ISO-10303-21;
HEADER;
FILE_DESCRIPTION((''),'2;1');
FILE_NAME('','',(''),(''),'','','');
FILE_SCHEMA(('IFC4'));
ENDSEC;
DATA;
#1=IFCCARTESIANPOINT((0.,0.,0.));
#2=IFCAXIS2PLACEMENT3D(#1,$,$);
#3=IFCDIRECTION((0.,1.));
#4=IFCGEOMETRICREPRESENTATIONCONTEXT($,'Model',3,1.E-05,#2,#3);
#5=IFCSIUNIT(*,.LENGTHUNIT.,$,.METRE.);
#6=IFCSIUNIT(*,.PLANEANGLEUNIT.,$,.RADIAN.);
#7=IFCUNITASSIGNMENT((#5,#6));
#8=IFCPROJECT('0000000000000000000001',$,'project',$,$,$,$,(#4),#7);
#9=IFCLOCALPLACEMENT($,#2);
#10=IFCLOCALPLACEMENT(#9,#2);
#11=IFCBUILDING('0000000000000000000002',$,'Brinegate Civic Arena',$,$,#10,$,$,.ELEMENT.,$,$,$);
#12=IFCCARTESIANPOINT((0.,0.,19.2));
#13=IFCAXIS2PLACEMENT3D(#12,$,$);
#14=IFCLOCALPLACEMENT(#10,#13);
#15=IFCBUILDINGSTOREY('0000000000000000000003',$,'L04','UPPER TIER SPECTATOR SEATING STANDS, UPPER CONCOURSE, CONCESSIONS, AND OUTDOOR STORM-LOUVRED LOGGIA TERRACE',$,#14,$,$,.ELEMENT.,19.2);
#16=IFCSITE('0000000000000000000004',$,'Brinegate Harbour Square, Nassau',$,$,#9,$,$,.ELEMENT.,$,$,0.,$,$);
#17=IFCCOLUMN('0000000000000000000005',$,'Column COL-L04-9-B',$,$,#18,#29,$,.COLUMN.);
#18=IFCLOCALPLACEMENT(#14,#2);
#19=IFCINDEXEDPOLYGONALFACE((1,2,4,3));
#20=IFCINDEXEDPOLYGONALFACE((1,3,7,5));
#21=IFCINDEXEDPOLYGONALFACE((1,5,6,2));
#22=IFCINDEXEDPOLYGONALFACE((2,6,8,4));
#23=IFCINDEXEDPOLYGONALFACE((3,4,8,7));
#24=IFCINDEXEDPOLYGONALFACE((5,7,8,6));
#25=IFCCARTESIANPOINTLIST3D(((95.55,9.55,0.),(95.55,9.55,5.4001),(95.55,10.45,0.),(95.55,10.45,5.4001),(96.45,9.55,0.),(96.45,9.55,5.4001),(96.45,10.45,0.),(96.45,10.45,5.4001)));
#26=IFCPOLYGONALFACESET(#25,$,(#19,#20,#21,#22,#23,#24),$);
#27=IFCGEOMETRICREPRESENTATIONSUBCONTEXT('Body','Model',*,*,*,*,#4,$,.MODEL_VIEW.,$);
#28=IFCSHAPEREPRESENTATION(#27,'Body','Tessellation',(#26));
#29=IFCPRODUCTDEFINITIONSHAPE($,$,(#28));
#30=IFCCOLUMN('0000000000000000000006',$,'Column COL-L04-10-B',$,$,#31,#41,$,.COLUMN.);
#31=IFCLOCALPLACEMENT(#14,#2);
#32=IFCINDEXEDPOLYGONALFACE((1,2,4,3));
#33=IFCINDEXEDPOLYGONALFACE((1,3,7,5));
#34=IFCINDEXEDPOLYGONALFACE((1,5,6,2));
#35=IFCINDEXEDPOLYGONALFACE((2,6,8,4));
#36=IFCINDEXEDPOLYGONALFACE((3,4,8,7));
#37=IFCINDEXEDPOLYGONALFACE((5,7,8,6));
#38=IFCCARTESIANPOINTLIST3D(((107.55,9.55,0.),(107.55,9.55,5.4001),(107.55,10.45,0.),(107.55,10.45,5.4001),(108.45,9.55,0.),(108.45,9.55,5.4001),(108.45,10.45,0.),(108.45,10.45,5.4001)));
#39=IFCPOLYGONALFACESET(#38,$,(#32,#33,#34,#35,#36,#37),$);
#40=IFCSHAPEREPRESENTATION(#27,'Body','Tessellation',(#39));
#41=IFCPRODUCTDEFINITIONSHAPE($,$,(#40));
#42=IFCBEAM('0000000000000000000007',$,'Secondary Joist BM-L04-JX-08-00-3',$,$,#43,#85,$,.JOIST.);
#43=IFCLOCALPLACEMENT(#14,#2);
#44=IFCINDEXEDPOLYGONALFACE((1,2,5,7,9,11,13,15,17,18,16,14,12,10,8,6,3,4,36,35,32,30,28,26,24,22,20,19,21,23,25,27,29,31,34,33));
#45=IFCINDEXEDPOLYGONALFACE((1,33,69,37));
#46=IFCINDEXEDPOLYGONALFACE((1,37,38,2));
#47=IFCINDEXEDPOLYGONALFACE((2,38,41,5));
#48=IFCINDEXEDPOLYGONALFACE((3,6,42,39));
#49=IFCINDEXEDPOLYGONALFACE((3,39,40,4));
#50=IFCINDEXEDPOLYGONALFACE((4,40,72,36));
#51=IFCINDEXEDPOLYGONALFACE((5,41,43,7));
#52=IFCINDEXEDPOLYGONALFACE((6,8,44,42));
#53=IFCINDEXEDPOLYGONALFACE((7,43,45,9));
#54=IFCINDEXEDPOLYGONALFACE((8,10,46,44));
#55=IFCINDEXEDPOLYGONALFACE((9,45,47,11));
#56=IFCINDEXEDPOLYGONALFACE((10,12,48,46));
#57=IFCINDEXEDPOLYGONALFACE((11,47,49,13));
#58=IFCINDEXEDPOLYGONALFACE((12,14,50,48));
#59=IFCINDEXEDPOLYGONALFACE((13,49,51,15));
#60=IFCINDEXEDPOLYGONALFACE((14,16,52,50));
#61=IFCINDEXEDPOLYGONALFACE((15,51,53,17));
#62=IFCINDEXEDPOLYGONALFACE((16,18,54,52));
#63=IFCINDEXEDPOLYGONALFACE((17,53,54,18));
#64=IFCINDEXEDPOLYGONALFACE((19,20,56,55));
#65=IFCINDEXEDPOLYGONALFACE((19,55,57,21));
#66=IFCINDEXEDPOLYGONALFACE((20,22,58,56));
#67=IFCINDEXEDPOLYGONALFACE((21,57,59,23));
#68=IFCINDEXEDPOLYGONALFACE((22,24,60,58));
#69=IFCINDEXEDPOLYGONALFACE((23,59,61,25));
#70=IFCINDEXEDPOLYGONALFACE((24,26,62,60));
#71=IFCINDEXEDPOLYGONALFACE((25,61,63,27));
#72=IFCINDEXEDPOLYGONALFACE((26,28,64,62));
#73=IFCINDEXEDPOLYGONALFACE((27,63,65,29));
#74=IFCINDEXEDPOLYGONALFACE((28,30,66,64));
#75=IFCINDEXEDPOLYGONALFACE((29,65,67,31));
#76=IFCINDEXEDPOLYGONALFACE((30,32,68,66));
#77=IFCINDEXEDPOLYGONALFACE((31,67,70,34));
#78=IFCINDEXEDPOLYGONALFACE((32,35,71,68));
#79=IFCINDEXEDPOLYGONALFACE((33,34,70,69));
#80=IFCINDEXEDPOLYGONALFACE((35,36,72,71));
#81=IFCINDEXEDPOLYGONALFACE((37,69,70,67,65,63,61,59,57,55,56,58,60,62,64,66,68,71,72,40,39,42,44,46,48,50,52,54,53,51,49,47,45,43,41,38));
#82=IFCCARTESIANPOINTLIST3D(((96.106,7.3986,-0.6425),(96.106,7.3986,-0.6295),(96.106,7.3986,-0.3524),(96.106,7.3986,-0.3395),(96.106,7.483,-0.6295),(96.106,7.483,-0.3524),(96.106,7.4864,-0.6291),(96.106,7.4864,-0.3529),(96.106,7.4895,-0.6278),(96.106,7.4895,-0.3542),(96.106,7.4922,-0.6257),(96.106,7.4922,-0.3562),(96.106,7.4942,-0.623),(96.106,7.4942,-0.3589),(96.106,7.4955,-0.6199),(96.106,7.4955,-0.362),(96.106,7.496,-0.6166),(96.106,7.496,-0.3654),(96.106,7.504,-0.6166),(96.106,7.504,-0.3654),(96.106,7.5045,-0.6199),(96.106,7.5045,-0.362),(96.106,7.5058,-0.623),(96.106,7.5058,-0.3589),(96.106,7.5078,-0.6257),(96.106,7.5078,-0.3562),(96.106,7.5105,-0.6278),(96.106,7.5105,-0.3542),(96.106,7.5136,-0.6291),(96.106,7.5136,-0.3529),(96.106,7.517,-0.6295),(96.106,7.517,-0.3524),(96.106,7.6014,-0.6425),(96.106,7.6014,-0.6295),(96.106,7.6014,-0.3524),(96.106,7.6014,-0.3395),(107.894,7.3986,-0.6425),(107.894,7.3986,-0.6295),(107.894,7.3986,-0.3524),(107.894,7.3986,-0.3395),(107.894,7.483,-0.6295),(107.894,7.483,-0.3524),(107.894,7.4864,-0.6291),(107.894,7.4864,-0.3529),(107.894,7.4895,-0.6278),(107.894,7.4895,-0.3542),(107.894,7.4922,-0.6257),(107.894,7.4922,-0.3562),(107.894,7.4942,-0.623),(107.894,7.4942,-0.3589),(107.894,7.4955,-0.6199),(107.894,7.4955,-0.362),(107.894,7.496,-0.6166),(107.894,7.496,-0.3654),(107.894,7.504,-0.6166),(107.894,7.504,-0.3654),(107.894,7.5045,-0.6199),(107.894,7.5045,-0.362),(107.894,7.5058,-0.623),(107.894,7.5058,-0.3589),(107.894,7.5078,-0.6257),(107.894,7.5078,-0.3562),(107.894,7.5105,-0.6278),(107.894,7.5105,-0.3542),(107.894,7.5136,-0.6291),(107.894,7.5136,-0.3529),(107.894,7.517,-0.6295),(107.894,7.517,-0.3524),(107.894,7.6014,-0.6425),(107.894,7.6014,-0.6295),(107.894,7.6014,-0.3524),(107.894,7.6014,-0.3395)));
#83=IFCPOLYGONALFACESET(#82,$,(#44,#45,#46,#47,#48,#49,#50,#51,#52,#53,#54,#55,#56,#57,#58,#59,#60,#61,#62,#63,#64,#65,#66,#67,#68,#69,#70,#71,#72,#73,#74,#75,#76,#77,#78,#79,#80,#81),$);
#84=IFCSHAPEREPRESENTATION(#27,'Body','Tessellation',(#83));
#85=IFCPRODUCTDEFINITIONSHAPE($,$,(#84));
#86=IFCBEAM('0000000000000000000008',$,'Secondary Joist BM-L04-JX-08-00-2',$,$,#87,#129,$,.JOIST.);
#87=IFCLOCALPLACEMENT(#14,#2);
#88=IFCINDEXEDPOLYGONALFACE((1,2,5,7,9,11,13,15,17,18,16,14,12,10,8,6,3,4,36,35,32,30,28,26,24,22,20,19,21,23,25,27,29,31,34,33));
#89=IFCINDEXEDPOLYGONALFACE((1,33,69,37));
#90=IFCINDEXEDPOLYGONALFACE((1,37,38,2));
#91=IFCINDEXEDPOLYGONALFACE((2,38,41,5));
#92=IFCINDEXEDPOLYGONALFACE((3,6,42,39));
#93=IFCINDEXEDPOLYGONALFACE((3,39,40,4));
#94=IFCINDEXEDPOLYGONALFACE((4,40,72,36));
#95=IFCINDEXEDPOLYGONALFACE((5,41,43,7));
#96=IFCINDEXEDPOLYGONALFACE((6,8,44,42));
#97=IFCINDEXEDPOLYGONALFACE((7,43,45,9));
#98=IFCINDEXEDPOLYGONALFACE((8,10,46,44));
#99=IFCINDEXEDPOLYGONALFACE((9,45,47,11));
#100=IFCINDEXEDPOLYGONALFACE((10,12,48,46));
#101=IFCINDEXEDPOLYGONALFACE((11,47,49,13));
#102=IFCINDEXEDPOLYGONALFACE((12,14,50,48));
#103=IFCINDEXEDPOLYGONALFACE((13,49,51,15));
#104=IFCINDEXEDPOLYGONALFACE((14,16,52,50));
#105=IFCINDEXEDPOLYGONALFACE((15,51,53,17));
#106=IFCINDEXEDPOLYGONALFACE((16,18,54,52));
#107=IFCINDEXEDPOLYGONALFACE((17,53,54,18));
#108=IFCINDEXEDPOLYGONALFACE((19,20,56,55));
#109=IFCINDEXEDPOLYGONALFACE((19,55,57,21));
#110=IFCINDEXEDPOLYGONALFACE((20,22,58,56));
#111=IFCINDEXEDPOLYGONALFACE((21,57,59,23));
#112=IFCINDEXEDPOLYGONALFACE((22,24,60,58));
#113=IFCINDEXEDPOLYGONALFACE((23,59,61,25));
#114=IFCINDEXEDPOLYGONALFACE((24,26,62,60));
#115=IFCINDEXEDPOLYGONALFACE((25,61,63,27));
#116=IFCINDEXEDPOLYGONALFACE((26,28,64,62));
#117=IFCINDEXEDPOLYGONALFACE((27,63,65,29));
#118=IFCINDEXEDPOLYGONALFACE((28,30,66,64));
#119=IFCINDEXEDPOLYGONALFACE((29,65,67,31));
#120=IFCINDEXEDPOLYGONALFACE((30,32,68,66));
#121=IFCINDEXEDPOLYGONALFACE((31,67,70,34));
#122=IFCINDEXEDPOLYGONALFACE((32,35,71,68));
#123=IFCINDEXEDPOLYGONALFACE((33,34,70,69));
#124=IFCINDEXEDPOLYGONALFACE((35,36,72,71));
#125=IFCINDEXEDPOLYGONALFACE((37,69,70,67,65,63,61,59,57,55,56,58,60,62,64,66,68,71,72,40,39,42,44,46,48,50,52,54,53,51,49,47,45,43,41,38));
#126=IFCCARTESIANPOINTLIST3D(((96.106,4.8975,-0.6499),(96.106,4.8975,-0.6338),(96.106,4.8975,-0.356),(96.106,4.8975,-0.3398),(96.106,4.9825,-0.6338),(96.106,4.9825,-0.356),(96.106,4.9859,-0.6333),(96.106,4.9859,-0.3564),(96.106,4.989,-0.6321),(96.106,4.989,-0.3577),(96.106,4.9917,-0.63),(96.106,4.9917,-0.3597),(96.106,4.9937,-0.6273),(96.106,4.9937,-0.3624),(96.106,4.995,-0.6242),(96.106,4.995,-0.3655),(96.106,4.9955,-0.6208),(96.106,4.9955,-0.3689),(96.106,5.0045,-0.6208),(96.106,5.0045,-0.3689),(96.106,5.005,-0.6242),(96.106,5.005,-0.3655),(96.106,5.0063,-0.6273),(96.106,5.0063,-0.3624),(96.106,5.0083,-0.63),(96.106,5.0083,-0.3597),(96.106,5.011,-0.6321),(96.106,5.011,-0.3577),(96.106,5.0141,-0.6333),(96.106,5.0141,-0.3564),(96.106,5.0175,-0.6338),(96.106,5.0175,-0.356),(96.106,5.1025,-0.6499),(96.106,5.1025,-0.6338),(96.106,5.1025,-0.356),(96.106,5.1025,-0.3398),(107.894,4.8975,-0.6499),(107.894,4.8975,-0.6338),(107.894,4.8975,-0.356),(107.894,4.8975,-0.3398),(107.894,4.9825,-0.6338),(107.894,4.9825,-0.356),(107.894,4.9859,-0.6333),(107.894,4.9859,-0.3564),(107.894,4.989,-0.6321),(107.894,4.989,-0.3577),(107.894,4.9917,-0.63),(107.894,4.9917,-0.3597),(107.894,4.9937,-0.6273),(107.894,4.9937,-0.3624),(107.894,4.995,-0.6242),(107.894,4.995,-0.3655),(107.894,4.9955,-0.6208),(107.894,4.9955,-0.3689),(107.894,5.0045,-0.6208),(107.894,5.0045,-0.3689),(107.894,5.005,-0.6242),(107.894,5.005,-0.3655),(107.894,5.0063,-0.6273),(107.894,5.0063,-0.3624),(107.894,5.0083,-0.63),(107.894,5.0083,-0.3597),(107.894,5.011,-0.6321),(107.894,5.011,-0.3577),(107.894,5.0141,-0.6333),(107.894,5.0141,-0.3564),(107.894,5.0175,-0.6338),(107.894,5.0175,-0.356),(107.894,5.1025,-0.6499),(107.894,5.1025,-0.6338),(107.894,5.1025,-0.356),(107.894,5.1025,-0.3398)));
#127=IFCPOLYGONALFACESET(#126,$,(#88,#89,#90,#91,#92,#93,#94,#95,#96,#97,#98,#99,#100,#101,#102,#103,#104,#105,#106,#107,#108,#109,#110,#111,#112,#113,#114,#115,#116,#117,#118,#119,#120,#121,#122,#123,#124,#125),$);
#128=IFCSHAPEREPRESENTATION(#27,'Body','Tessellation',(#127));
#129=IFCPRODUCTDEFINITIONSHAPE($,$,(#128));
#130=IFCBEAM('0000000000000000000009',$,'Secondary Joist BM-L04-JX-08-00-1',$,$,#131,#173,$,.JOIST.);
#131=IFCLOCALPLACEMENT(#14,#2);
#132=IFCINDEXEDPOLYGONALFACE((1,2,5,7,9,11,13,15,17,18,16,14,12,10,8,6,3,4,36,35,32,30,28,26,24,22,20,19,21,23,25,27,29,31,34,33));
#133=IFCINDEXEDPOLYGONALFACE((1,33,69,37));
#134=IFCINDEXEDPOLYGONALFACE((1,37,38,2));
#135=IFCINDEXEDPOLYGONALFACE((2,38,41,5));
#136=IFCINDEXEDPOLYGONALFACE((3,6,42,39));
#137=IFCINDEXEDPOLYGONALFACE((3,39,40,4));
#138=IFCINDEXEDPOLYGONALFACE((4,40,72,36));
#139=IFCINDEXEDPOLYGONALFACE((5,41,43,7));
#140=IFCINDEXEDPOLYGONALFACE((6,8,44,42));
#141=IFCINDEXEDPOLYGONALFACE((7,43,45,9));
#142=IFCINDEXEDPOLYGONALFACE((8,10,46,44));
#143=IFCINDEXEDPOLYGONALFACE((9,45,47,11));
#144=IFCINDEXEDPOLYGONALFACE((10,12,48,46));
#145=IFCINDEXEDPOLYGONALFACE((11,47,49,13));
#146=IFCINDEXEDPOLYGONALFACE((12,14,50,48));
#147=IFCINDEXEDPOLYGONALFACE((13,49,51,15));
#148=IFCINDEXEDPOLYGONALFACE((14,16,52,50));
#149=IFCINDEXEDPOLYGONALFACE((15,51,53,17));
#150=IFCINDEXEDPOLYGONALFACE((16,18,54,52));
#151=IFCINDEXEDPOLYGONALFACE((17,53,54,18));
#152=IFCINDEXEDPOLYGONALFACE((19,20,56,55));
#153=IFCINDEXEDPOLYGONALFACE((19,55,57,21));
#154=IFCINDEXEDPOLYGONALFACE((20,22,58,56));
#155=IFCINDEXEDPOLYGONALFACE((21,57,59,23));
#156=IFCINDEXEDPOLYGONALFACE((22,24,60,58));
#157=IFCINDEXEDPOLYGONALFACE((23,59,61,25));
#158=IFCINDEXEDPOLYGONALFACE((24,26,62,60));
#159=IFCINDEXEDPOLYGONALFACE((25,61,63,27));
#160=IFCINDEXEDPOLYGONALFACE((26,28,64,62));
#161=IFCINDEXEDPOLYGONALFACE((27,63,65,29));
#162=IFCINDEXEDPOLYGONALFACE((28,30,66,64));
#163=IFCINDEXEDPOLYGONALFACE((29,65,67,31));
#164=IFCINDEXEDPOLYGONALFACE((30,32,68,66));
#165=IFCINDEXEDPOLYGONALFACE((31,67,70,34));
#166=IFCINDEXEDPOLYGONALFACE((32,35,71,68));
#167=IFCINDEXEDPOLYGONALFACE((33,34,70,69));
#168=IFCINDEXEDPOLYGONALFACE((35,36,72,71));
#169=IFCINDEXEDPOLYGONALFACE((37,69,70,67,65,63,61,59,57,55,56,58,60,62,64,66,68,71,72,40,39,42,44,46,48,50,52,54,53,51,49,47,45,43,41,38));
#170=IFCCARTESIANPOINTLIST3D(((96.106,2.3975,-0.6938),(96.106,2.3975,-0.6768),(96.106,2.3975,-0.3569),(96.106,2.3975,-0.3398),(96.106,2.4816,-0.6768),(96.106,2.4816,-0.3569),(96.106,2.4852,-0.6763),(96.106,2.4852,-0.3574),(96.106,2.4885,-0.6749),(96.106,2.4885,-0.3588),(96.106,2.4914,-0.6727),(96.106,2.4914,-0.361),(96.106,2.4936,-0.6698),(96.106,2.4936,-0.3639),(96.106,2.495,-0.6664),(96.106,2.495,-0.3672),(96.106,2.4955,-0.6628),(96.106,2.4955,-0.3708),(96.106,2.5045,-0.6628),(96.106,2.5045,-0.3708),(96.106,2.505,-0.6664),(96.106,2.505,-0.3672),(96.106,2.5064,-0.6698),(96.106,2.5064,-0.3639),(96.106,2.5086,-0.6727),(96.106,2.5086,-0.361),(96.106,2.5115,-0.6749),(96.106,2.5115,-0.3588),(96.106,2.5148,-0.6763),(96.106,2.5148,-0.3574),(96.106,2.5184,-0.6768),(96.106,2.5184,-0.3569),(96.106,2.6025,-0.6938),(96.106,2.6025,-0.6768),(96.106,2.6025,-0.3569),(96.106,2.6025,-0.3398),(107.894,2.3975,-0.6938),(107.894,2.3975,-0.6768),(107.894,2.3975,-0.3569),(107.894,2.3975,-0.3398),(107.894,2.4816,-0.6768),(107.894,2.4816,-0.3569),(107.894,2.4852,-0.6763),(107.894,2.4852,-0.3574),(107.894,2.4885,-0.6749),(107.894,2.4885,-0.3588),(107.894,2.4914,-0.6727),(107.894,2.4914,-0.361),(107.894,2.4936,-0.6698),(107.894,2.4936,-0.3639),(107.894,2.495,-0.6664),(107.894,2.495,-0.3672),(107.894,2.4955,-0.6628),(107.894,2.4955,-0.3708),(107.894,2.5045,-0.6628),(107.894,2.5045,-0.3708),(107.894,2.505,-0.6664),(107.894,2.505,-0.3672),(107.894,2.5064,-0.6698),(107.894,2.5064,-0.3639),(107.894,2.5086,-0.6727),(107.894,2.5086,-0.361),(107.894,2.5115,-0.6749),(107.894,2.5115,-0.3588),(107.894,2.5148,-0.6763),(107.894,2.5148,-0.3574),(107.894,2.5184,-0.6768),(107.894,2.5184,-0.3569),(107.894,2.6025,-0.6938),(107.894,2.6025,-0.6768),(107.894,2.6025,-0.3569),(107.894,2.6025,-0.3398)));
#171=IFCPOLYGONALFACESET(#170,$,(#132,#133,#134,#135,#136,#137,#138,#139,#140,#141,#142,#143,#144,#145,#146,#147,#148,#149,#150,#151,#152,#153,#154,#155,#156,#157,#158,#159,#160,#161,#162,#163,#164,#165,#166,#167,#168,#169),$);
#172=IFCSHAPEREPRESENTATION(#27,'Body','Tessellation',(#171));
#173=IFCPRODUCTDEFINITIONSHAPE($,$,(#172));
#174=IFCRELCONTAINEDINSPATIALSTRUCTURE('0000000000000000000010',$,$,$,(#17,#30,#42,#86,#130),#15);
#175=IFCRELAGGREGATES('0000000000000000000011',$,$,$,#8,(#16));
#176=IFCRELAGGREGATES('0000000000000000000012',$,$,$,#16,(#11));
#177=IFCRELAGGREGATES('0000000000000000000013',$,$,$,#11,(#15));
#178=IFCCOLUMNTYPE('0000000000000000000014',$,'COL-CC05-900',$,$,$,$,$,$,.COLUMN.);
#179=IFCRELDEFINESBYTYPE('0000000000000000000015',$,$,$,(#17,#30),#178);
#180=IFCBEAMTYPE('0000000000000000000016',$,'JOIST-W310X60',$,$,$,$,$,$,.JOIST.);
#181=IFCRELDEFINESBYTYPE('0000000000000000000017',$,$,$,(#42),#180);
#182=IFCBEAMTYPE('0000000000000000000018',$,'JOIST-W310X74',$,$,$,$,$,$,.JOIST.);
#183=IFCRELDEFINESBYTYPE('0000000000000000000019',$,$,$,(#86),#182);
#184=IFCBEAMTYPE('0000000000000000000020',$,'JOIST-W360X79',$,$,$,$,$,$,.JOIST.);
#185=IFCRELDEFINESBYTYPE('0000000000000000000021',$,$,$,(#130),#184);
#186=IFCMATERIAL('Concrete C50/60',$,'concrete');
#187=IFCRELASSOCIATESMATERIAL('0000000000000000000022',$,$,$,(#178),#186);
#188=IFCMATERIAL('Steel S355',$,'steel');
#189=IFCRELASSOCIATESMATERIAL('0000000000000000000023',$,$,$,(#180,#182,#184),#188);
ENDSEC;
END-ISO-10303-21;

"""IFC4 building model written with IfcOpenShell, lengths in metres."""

from ifc_helpers import new_model, si_unit, direction, frame, origin, origin_2d, place, context, subcontext, project, spatial, rectangle, i_section, extrude, material, material_profile, profile_set, type_object, element, save


model = new_model("IFC4")

# Units and contexts
model_context = context("Model", 3, precision=1e-05, world=origin(), true_north=direction((0.0, 1.0)))
body_context = subcontext(model_context, "Body", "Model", "MODEL_VIEW")
ifc_project = project(units=[si_unit("LENGTHUNIT", "METRE"), si_unit("PLANEANGLEUNIT", "RADIAN")], contexts=[model_context])

# Site, building, storey
site_placement = place(None, origin())
site = spatial("IfcSite", under=ifc_project, at=site_placement, Name="Brinegate Harbour Square, Nassau", CompositionType="ELEMENT", RefElevation=0.0)
building_placement = place(site_placement, origin())
building = spatial("IfcBuilding", under=site, at=building_placement, Name="Brinegate Civic Arena", CompositionType="ELEMENT")
storey_placement = place(building_placement, frame((0.0, 0.0, 19.2)))
storey = spatial("IfcBuildingStorey", under=building, at=storey_placement, Name="L04", Description="UPPER TIER SPECTATOR SEATING STANDS, UPPER CONCOURSE, CONCESSIONS, AND OUTDOOR STORM-LOUVRED LOGGIA TERRACE", CompositionType="ELEMENT", Elevation=19.2)

# Columns
ifc_material_1 = material(Name="Concrete C50/60", Category="concrete")
ifc_material_profile_1 = material_profile(ifc_material_1, rectangle(XDim=0.8999, YDim=0.8999, at=origin_2d()), Name="RC900X900")
ifc_profile_set_1 = profile_set([ifc_material_profile_1], Name="Concrete C50/60")
column_type = type_object("IfcColumnType", Name="COL-CC05-900", PredefinedType="COLUMN", material=ifc_profile_set_1)
for number, where, z_axis, x_axis, name in (
    (1, (96.0, 10.0, 0.0), (0.0, 0.0, 1.0), (1.0, 0.0, 0.0), "Column COL-L04-9-B"),
    (2, (108.0, 10.0, 0.0), (0.0, 0.0, 1.0), (1.0, 0.0, 0.0), "Column COL-L04-10-B"),
):
    element("IfcColumn", number, at=place(storey_placement, frame(where, z_axis=z_axis, x_axis=x_axis)), inside=storey, type_object=column_type, Name=name, PredefinedType="COLUMN", context=body_context, shape_type="SweptSolid", body=[
        extrude(rectangle(XDim=0.8999, YDim=0.8999, at=origin_2d()), origin(), (0.0, 0.0, 1.0), 5.4001),
    ])

# Beams
ifc_material_2 = material(Name="Steel S355", Category="steel")
ifc_material_profile_2 = material_profile(ifc_material_2, i_section(OverallWidth=0.2029, OverallDepth=0.303, WebThickness=0.0081, FlangeThickness=0.0129, FilletRadius=0.0129, at=origin_2d()), Name="W310X60")
ifc_profile_set_2 = profile_set([ifc_material_profile_2], Name="Steel S355")
beam_type_1 = type_object("IfcBeamType", Name="JOIST-W310X60", PredefinedType="JOIST", material=ifc_profile_set_2)
beam_1_placement = place(storey_placement, frame((96.106, 7.5, -0.491), z_axis=(1.0, 0.0, 0.0), x_axis=(0.0, 1.0, 0.0)))
element("IfcBeam", 3, at=beam_1_placement, inside=storey, type_object=beam_type_1, Name="Secondary Joist BM-L04-JX-08-00-3", PredefinedType="JOIST", context=body_context, shape_type="SweptSolid", body=[
    extrude(i_section(OverallWidth=0.2029, OverallDepth=0.303, WebThickness=0.0081, FlangeThickness=0.0129, FilletRadius=0.0129, at=origin_2d()), origin(), (0.0, 0.0, 1.0), 11.7881),
])
ifc_material_profile_3 = material_profile(ifc_material_2, i_section(OverallWidth=0.2051, OverallDepth=0.3101, WebThickness=0.009, FlangeThickness=0.0161, FilletRadius=0.0129, at=origin_2d()), Name="W310X74")
ifc_profile_set_3 = profile_set([ifc_material_profile_3], Name="Steel S355")
beam_type_2 = type_object("IfcBeamType", Name="JOIST-W310X74", PredefinedType="JOIST", material=ifc_profile_set_3)
beam_2_placement = place(storey_placement, frame((96.106, 5.0, -0.4949), z_axis=(1.0, 0.0, 0.0), x_axis=(0.0, 1.0, 0.0)))
element("IfcBeam", 4, at=beam_2_placement, inside=storey, type_object=beam_type_2, Name="Secondary Joist BM-L04-JX-08-00-2", PredefinedType="JOIST", context=body_context, shape_type="SweptSolid", body=[
    extrude(i_section(OverallWidth=0.2051, OverallDepth=0.3101, WebThickness=0.009, FlangeThickness=0.0161, FilletRadius=0.0129, at=origin_2d()), origin(), (0.0, 0.0, 1.0), 11.7881),
])
ifc_material_profile_4 = material_profile(ifc_material_2, i_section(OverallWidth=0.2051, OverallDepth=0.354, WebThickness=0.009, FlangeThickness=0.0171, FilletRadius=0.0139, at=origin_2d()), Name="W360X79")
ifc_profile_set_4 = profile_set([ifc_material_profile_4], Name="Steel S355")
beam_type_3 = type_object("IfcBeamType", Name="JOIST-W360X79", PredefinedType="JOIST", material=ifc_profile_set_4)
beam_3_placement = place(storey_placement, frame((96.106, 2.5, -0.5168), z_axis=(1.0, 0.0, 0.0), x_axis=(0.0, 1.0, 0.0)))
element("IfcBeam", 5, at=beam_3_placement, inside=storey, type_object=beam_type_3, Name="Secondary Joist BM-L04-JX-08-00-1", PredefinedType="JOIST", context=body_context, shape_type="SweptSolid", body=[
    extrude(i_section(OverallWidth=0.2051, OverallDepth=0.354, WebThickness=0.009, FlangeThickness=0.0171, FilletRadius=0.0139, at=origin_2d()), origin(), (0.0, 0.0, 1.0), 11.7881),
])

save(model, "model.ifc")
